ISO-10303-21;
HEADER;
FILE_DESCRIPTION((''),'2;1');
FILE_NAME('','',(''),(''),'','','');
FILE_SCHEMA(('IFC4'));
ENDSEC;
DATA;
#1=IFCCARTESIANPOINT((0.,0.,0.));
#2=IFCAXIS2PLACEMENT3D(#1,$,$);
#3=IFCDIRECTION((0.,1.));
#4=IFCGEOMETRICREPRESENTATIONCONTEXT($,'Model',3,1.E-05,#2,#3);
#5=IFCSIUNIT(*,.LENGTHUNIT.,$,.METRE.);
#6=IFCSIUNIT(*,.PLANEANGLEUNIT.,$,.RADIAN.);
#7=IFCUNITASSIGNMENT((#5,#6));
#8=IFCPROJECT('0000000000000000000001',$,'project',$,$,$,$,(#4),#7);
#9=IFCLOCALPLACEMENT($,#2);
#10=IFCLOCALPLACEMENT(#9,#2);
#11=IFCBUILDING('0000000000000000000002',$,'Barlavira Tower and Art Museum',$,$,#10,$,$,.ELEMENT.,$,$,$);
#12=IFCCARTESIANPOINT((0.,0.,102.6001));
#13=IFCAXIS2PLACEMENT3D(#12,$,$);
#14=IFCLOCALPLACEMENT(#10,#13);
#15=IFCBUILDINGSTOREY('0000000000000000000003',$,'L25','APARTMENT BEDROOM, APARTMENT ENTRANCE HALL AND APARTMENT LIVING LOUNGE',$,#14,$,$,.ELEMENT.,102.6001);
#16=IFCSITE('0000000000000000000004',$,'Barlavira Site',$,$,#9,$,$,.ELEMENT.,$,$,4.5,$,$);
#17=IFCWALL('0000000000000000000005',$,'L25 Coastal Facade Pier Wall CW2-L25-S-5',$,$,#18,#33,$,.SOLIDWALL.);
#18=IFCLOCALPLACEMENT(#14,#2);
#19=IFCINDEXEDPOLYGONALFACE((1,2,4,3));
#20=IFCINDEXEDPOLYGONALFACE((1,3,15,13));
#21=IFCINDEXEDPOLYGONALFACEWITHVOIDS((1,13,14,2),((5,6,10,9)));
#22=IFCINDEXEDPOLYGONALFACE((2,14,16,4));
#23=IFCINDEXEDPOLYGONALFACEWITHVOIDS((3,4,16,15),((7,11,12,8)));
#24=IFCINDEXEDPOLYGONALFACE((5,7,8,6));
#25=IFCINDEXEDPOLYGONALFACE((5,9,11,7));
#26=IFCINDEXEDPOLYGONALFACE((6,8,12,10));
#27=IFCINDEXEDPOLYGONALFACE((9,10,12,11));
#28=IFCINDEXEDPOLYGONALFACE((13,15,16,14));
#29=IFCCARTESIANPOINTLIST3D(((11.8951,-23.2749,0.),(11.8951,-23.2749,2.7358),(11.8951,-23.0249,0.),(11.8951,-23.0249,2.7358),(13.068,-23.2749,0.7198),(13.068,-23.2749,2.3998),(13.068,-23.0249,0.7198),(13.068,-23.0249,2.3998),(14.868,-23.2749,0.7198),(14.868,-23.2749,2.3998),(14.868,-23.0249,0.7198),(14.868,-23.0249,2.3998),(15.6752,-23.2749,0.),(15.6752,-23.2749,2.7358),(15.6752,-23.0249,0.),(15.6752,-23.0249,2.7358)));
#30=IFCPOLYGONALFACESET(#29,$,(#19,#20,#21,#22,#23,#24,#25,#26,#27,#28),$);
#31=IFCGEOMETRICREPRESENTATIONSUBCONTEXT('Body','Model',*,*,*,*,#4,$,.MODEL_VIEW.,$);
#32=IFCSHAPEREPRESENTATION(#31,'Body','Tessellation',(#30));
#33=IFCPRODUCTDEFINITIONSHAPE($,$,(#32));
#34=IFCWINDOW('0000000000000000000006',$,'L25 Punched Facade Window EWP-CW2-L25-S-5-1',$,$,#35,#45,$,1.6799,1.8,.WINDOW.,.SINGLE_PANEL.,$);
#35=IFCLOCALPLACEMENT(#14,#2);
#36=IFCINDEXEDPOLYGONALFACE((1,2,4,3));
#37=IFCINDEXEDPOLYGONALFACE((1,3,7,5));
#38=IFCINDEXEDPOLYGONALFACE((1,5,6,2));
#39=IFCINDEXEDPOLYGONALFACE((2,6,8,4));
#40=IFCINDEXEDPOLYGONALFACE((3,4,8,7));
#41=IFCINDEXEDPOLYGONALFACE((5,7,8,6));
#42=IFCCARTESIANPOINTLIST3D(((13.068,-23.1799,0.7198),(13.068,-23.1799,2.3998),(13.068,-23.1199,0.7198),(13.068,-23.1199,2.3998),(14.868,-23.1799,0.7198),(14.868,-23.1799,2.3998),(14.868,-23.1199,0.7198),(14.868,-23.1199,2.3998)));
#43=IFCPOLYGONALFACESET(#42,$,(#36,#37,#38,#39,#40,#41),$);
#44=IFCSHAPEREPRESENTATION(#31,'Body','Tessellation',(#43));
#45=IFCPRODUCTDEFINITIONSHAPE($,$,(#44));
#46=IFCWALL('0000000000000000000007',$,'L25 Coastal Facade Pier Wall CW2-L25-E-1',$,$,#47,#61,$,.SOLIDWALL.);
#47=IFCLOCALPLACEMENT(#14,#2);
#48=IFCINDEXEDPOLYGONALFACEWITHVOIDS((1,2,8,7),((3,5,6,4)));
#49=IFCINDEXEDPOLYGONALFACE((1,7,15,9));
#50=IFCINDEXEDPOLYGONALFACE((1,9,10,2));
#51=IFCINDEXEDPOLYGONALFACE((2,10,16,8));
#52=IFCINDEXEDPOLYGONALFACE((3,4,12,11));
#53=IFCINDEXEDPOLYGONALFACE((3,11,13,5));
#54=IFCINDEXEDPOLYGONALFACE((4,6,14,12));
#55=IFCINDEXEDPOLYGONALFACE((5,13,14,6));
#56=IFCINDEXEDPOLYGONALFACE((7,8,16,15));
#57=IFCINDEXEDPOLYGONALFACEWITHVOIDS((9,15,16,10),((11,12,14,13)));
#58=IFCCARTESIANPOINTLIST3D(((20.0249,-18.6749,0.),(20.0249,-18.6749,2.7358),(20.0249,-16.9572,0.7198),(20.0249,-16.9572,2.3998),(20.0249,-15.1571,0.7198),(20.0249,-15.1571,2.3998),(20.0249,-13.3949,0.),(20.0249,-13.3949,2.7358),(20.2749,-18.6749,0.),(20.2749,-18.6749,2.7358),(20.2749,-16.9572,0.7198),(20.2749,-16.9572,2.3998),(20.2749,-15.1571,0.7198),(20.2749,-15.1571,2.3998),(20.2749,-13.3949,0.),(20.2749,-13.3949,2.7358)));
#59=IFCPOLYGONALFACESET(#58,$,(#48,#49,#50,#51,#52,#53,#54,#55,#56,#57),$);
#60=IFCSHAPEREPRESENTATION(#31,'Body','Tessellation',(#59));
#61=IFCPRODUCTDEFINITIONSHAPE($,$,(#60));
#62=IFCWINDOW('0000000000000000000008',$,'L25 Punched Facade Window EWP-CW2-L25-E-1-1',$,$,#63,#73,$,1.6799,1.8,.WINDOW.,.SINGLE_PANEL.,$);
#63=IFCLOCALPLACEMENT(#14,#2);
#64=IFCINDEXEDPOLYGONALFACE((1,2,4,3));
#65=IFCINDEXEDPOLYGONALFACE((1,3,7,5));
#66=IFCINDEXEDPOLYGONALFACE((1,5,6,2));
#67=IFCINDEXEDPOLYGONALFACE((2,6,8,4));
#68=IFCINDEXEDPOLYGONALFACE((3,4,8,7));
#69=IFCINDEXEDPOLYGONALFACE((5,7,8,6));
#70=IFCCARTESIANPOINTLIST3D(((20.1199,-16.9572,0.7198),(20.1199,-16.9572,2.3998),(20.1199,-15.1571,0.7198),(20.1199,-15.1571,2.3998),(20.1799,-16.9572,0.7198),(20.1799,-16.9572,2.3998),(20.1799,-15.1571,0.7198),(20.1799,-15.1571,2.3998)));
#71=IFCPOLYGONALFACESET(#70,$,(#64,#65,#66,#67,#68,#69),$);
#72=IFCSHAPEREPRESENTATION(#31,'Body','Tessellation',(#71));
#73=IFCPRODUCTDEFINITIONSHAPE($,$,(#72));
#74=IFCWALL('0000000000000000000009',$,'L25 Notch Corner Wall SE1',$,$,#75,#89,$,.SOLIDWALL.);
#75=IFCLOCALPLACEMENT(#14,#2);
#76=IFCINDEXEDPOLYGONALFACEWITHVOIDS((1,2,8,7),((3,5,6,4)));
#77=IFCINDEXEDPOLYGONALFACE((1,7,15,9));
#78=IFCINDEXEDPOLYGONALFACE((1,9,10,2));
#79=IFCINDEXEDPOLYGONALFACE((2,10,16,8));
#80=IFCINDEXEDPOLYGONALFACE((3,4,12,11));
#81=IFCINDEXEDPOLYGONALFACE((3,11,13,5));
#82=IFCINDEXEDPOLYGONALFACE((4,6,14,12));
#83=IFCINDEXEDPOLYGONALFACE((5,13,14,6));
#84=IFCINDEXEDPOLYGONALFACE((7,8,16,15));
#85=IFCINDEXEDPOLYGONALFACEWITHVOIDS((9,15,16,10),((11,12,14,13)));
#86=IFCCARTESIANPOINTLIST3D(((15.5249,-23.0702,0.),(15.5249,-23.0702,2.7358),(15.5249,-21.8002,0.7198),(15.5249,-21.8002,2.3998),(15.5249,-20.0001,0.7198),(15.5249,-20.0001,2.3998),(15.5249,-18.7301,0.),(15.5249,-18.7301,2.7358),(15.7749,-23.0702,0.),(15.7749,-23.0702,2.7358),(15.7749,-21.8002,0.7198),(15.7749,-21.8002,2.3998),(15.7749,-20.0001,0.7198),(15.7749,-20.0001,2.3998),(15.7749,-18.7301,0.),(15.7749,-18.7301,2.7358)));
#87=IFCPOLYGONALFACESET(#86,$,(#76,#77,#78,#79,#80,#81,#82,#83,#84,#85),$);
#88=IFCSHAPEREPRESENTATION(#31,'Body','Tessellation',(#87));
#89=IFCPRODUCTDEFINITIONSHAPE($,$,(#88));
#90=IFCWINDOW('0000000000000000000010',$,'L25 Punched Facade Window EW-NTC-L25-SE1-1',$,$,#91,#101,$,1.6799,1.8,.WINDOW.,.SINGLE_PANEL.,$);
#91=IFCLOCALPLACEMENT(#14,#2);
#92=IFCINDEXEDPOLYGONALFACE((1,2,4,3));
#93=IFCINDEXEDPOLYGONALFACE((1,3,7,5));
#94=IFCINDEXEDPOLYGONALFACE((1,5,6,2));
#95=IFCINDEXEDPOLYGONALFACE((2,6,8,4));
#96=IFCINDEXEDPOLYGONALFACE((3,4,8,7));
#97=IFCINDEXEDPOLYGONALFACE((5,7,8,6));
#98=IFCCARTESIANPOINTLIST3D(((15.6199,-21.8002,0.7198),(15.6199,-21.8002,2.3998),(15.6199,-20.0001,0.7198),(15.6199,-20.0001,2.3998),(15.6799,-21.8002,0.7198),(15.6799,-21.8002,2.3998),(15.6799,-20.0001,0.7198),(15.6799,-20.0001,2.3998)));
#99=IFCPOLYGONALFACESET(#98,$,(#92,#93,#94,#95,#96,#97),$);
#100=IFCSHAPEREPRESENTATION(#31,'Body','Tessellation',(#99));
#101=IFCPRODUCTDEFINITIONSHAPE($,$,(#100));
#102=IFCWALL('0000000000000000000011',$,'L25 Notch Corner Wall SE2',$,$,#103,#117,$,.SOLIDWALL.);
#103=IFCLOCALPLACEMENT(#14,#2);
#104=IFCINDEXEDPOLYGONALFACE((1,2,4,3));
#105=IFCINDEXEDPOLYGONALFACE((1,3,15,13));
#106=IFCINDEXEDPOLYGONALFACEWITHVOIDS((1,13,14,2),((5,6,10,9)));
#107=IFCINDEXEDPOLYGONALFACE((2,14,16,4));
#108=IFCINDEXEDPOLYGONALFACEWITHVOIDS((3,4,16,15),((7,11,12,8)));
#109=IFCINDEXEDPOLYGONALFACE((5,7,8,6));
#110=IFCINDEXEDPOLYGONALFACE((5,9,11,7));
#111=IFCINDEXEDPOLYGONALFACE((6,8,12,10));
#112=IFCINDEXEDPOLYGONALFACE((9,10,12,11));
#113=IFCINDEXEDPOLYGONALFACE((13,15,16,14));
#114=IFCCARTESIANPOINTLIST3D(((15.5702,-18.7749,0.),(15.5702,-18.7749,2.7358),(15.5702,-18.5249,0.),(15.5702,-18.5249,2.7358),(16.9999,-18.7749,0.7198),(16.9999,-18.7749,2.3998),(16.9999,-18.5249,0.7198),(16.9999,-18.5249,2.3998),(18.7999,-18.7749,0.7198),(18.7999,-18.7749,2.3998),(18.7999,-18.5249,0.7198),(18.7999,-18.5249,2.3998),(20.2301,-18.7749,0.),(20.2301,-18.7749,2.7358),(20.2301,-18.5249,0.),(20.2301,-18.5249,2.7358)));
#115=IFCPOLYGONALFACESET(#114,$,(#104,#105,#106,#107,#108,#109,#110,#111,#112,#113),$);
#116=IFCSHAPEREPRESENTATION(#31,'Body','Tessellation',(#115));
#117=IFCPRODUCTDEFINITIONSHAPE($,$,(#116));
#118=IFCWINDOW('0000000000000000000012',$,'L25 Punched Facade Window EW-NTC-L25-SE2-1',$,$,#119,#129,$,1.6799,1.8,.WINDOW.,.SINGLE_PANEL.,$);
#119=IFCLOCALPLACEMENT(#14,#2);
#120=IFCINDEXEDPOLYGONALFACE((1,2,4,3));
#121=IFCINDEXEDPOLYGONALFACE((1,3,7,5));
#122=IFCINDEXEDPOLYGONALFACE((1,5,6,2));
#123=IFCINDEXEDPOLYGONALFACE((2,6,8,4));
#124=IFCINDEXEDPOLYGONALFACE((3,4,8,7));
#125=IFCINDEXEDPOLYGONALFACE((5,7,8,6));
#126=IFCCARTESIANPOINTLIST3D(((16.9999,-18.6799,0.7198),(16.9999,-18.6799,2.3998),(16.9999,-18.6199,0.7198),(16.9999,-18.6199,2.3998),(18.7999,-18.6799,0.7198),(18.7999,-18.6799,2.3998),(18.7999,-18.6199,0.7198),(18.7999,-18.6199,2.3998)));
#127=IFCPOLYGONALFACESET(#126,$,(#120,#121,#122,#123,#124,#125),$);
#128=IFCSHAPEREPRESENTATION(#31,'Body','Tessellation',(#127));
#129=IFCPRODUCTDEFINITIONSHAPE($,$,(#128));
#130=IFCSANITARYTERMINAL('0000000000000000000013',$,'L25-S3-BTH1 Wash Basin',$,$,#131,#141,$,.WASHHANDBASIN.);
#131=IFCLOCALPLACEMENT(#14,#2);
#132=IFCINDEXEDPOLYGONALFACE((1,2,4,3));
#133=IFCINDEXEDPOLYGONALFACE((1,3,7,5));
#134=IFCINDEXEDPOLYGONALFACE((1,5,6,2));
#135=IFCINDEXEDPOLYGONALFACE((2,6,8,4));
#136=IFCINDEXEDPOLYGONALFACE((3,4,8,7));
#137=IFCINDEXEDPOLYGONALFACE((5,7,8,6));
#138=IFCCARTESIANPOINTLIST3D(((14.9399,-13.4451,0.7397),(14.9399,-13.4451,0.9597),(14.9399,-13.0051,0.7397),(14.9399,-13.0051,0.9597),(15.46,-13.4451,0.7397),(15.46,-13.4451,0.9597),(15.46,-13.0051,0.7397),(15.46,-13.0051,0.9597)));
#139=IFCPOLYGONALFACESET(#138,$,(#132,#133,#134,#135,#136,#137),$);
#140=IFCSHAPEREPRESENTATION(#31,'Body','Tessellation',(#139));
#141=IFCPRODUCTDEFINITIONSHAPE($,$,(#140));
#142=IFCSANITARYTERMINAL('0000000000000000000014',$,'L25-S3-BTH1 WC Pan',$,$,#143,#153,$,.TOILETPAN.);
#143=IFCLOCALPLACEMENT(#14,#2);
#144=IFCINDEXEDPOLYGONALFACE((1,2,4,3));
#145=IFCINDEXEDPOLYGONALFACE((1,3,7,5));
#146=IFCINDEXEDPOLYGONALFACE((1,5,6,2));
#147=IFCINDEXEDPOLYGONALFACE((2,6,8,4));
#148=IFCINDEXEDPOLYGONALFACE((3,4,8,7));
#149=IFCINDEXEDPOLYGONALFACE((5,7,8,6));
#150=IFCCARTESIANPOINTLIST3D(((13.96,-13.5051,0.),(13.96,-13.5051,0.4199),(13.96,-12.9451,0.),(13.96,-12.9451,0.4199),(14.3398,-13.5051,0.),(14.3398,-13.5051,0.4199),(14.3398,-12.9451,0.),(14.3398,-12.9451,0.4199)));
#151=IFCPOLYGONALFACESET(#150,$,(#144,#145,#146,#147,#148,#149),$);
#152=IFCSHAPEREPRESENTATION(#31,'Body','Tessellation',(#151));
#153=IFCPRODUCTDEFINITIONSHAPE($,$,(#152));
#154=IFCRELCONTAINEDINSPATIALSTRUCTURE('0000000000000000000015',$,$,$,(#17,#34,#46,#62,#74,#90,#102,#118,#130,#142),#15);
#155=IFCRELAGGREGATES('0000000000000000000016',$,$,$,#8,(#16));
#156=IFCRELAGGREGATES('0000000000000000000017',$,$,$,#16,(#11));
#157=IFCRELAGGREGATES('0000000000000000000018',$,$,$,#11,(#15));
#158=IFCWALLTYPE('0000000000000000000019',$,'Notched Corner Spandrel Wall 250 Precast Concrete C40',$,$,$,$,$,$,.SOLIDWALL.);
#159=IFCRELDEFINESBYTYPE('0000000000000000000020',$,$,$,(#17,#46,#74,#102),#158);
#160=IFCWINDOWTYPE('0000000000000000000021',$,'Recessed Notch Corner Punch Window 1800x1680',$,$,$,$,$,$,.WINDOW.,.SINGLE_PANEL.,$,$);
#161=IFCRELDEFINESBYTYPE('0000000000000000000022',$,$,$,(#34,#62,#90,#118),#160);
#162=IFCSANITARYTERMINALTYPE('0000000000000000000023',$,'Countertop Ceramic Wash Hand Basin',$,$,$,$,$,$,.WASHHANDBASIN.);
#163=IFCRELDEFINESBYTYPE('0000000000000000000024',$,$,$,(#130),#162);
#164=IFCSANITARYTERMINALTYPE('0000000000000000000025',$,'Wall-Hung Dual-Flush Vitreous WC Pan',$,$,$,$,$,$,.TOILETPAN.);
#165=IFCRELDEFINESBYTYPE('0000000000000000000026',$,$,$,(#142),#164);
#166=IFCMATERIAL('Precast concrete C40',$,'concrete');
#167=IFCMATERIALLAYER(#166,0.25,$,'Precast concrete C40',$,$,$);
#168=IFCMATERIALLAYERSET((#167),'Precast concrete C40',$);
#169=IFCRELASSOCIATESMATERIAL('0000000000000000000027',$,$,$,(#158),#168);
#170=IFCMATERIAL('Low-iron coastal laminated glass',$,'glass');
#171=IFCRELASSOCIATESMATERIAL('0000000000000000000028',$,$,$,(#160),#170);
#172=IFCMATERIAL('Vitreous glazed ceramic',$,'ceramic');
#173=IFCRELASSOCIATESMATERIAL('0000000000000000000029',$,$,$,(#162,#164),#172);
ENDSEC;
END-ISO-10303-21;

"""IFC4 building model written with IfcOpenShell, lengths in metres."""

from ifc_helpers import new_model, si_unit, direction, frame, frame_2d, origin, origin_2d, place, context, subcontext, project, spatial, rectangle, extrude, material, layer, layer_set, type_object, element, fill, save


model = new_model("IFC4")

# Units and contexts
model_context = context("Model", 3, precision=1e-05, world=origin(), true_north=direction((0.0, 1.0)))
body_context = subcontext(model_context, "Body", "Model", "MODEL_VIEW")
ifc_project = project(units=[si_unit("LENGTHUNIT", "METRE"), si_unit("PLANEANGLEUNIT", "RADIAN")], contexts=[model_context])

# Site, building, storey
site_placement = place(None, origin())
site = spatial("IfcSite", under=ifc_project, at=site_placement, Name="Barlavira Site", CompositionType="ELEMENT", RefElevation=4.5)
building_placement = place(site_placement, origin())
building = spatial("IfcBuilding", under=site, at=building_placement, Name="Barlavira Tower and Art Museum", CompositionType="ELEMENT")
storey_placement = place(building_placement, frame((0.0, 0.0, 102.6001)))
storey = spatial("IfcBuildingStorey", under=building, at=storey_placement, Name="L25", Description="APARTMENT BEDROOM, APARTMENT ENTRANCE HALL AND APARTMENT LIVING LOUNGE", CompositionType="ELEMENT", Elevation=102.6001)

# Walls, openings, windows
ifc_material_1 = material(Name="Precast concrete C40", Category="concrete")
ifc_layer_1 = layer(ifc_material_1, 0.25, Name="Precast concrete C40")
ifc_layer_set_1 = layer_set([ifc_layer_1], Name="Precast concrete C40")
wall_type_1 = type_object("IfcWallType", Name="Notched Corner Spandrel Wall 250 Precast Concrete C40", PredefinedType="SOLIDWALL", material=ifc_layer_set_1)
wall_1_placement = place(storey_placement, frame((11.895, -23.1499, 0.0), z_axis=(0.0, 0.0, 1.0), x_axis=(1.0, 0.0, 0.0)))
wall_1 = element("IfcWall", 1, at=wall_1_placement, inside=storey, type_object=wall_type_1, Name="L25 Coastal Facade Pier Wall CW2-L25-S-5", PredefinedType="SOLIDWALL", context=body_context, shape_type="SweptSolid", body=[
    extrude(rectangle(XDim=3.78, YDim=0.25, at=frame_2d((1.8901, 0.0))), origin(), (0.0, 0.0, 1.0), 2.7358),
])
opening_1_placement = place(wall_1_placement, frame((1.1731, 0.0, 0.72)))
opening_1 = element("IfcOpeningElement", 2, at=opening_1_placement, cuts=wall_1, PredefinedType="OPENING", context=body_context, shape_type="SweptSolid", body=[
    extrude(rectangle(XDim=1.8, YDim=1.6799, at=frame_2d((0.8999, 0.8398))), frame((0.0, 0.135, 0.0), z_axis=(0.0, -1.0, 0.0), x_axis=(1.0, 0.0, 0.0)), (0.0, 0.0, 1.0), 0.27),
])
ifc_material_2 = material(Name="Low-iron coastal laminated glass", Category="glass")
window_type = type_object("IfcWindowType", Name="Recessed Notch Corner Punch Window 1800x1680", PartitioningType="SINGLE_PANEL", PredefinedType="WINDOW", material=ifc_material_2)
window_1_placement = place(opening_1_placement, origin())
window_1 = element("IfcWindow", 3, at=window_1_placement, inside=storey, type_object=window_type, Name="L25 Punched Facade Window EWP-CW2-L25-S-5-1", OverallHeight=1.6799, OverallWidth=1.8, PartitioningType="SINGLE_PANEL", PredefinedType="WINDOW", context=body_context, shape_type="SweptSolid", body=[
    extrude(rectangle(XDim=1.8, YDim=1.6799, at=frame_2d((0.8999, 0.8398))), frame((0.0, 0.03, 0.0), z_axis=(0.0, -1.0, 0.0), x_axis=(1.0, 0.0, 0.0)), (0.0, 0.0, 1.0), 0.0601),
])
fill(opening_1, window_1)
wall_2_placement = place(storey_placement, frame((20.1499, -18.675, 0.0), z_axis=(0.0, 0.0, 1.0), x_axis=(0.0, 1.0, 0.0)))
wall_2 = element("IfcWall", 4, at=wall_2_placement, inside=storey, type_object=wall_type_1, Name="L25 Coastal Facade Pier Wall CW2-L25-E-1", PredefinedType="SOLIDWALL", context=body_context, shape_type="SweptSolid", body=[
    extrude(rectangle(XDim=5.28, YDim=0.25, at=frame_2d((2.6401, 0.0))), origin(), (0.0, 0.0, 1.0), 2.7358),
])
opening_2_placement = place(wall_2_placement, frame((1.718, 0.0, 0.72)))
opening_2 = element("IfcOpeningElement", 5, at=opening_2_placement, cuts=wall_2, PredefinedType="OPENING", context=body_context, shape_type="SweptSolid", body=[
    extrude(rectangle(XDim=1.8, YDim=1.6799, at=frame_2d((0.8999, 0.8398))), frame((0.0, 0.135, 0.0), z_axis=(0.0, -1.0, 0.0), x_axis=(1.0, 0.0, 0.0)), (0.0, 0.0, 1.0), 0.27),
])
window_2_placement = place(opening_2_placement, origin())
window_2 = element("IfcWindow", 6, at=window_2_placement, inside=storey, type_object=window_type, Name="L25 Punched Facade Window EWP-CW2-L25-E-1-1", OverallHeight=1.6799, OverallWidth=1.8, PartitioningType="SINGLE_PANEL", PredefinedType="WINDOW", context=body_context, shape_type="SweptSolid", body=[
    extrude(rectangle(XDim=1.8, YDim=1.6799, at=frame_2d((0.8999, 0.8398))), frame((0.0, 0.03, 0.0), z_axis=(0.0, -1.0, 0.0), x_axis=(1.0, 0.0, 0.0)), (0.0, 0.0, 1.0), 0.0601),
])
fill(opening_2, window_2)
wall_3_placement = place(storey_placement, frame((15.6499, -23.0701, 0.0), z_axis=(0.0, 0.0, 1.0), x_axis=(0.0, 1.0, 0.0)))
wall_3 = element("IfcWall", 7, at=wall_3_placement, inside=storey, type_object=wall_type_1, Name="L25 Notch Corner Wall SE1", PredefinedType="SOLIDWALL", context=body_context, shape_type="SweptSolid", body=[
    extrude(rectangle(XDim=4.3401, YDim=0.25, at=frame_2d((2.1699, 0.0))), origin(), (0.0, 0.0, 1.0), 2.7358),
])
opening_3_placement = place(wall_3_placement, frame((1.27, 0.0, 0.72)))
opening_3 = element("IfcOpeningElement", 8, at=opening_3_placement, cuts=wall_3, PredefinedType="OPENING", context=body_context, shape_type="SweptSolid", body=[
    extrude(rectangle(XDim=1.8, YDim=1.6799, at=frame_2d((0.8999, 0.8398))), frame((0.0, 0.135, 0.0), z_axis=(0.0, -1.0, 0.0), x_axis=(1.0, 0.0, 0.0)), (0.0, 0.0, 1.0), 0.27),
])
window_3_placement = place(opening_3_placement, origin())
window_3 = element("IfcWindow", 9, at=window_3_placement, inside=storey, type_object=window_type, Name="L25 Punched Facade Window EW-NTC-L25-SE1-1", OverallHeight=1.6799, OverallWidth=1.8, PartitioningType="SINGLE_PANEL", PredefinedType="WINDOW", context=body_context, shape_type="SweptSolid", body=[
    extrude(rectangle(XDim=1.8, YDim=1.6799, at=frame_2d((0.8999, 0.8398))), frame((0.0, 0.03, 0.0), z_axis=(0.0, -1.0, 0.0), x_axis=(1.0, 0.0, 0.0)), (0.0, 0.0, 1.0), 0.0601),
])
fill(opening_3, window_3)
wall_4_placement = place(storey_placement, frame((15.5701, -18.6499, 0.0), z_axis=(0.0, 0.0, 1.0), x_axis=(1.0, 0.0, 0.0)))
wall_4 = element("IfcWall", 10, at=wall_4_placement, inside=storey, type_object=wall_type_1, Name="L25 Notch Corner Wall SE2", PredefinedType="SOLIDWALL", context=body_context, shape_type="SweptSolid", body=[
    extrude(rectangle(XDim=4.6599, YDim=0.25, at=frame_2d((2.3301, 0.0))), origin(), (0.0, 0.0, 1.0), 2.7358),
])
opening_4_placement = place(wall_4_placement, frame((1.4299, 0.0, 0.72)))
opening_4 = element("IfcOpeningElement", 11, at=opening_4_placement, cuts=wall_4, PredefinedType="OPENING", context=body_context, shape_type="SweptSolid", body=[
    extrude(rectangle(XDim=1.8, YDim=1.6799, at=frame_2d((0.8999, 0.8398))), frame((0.0, 0.135, 0.0), z_axis=(0.0, -1.0, 0.0), x_axis=(1.0, 0.0, 0.0)), (0.0, 0.0, 1.0), 0.27),
])
window_4_placement = place(opening_4_placement, origin())
window_4 = element("IfcWindow", 12, at=window_4_placement, inside=storey, type_object=window_type, Name="L25 Punched Facade Window EW-NTC-L25-SE2-1", OverallHeight=1.6799, OverallWidth=1.8, PartitioningType="SINGLE_PANEL", PredefinedType="WINDOW", context=body_context, shape_type="SweptSolid", body=[
    extrude(rectangle(XDim=1.8, YDim=1.6799, at=frame_2d((0.8999, 0.8398))), frame((0.0, 0.03, 0.0), z_axis=(0.0, -1.0, 0.0), x_axis=(1.0, 0.0, 0.0)), (0.0, 0.0, 1.0), 0.0601),
])
fill(opening_4, window_4)

# Sanitary terminals
ifc_material_3 = material(Name="Vitreous glazed ceramic", Category="ceramic")
sanitary_terminal_type_1 = type_object("IfcSanitaryTerminalType", Name="Countertop Ceramic Wash Hand Basin", PredefinedType="WASHHANDBASIN", material=ifc_material_3)
sanitary_terminal_1_placement = place(storey_placement, frame((15.2, -13.2251, 0.7397), z_axis=(0.0, 0.0, 1.0), x_axis=(1.0, 0.0, 0.0)))
element("IfcSanitaryTerminal", 13, at=sanitary_terminal_1_placement, inside=storey, type_object=sanitary_terminal_type_1, Name="L25-S3-BTH1 Wash Basin", PredefinedType="WASHHANDBASIN", context=body_context, shape_type="SweptSolid", body=[
    extrude(rectangle(XDim=0.52, YDim=0.4399, at=origin_2d()), origin(), (0.0, 0.0, 1.0), 0.22),
])
sanitary_terminal_type_2 = type_object("IfcSanitaryTerminalType", Name="Wall-Hung Dual-Flush Vitreous WC Pan", PredefinedType="TOILETPAN", material=ifc_material_3)
sanitary_terminal_2_placement = place(storey_placement, frame((14.1499, -13.2251, 0.0), z_axis=(0.0, 0.0, 1.0), x_axis=(1.0, 0.0, 0.0)))
element("IfcSanitaryTerminal", 14, at=sanitary_terminal_2_placement, inside=storey, type_object=sanitary_terminal_type_2, Name="L25-S3-BTH1 WC Pan", PredefinedType="TOILETPAN", context=body_context, shape_type="SweptSolid", body=[
    extrude(rectangle(XDim=0.3799, YDim=0.5601, at=origin_2d()), origin(), (0.0, 0.0, 1.0), 0.4199),
])

save(model, "model.ifc")
